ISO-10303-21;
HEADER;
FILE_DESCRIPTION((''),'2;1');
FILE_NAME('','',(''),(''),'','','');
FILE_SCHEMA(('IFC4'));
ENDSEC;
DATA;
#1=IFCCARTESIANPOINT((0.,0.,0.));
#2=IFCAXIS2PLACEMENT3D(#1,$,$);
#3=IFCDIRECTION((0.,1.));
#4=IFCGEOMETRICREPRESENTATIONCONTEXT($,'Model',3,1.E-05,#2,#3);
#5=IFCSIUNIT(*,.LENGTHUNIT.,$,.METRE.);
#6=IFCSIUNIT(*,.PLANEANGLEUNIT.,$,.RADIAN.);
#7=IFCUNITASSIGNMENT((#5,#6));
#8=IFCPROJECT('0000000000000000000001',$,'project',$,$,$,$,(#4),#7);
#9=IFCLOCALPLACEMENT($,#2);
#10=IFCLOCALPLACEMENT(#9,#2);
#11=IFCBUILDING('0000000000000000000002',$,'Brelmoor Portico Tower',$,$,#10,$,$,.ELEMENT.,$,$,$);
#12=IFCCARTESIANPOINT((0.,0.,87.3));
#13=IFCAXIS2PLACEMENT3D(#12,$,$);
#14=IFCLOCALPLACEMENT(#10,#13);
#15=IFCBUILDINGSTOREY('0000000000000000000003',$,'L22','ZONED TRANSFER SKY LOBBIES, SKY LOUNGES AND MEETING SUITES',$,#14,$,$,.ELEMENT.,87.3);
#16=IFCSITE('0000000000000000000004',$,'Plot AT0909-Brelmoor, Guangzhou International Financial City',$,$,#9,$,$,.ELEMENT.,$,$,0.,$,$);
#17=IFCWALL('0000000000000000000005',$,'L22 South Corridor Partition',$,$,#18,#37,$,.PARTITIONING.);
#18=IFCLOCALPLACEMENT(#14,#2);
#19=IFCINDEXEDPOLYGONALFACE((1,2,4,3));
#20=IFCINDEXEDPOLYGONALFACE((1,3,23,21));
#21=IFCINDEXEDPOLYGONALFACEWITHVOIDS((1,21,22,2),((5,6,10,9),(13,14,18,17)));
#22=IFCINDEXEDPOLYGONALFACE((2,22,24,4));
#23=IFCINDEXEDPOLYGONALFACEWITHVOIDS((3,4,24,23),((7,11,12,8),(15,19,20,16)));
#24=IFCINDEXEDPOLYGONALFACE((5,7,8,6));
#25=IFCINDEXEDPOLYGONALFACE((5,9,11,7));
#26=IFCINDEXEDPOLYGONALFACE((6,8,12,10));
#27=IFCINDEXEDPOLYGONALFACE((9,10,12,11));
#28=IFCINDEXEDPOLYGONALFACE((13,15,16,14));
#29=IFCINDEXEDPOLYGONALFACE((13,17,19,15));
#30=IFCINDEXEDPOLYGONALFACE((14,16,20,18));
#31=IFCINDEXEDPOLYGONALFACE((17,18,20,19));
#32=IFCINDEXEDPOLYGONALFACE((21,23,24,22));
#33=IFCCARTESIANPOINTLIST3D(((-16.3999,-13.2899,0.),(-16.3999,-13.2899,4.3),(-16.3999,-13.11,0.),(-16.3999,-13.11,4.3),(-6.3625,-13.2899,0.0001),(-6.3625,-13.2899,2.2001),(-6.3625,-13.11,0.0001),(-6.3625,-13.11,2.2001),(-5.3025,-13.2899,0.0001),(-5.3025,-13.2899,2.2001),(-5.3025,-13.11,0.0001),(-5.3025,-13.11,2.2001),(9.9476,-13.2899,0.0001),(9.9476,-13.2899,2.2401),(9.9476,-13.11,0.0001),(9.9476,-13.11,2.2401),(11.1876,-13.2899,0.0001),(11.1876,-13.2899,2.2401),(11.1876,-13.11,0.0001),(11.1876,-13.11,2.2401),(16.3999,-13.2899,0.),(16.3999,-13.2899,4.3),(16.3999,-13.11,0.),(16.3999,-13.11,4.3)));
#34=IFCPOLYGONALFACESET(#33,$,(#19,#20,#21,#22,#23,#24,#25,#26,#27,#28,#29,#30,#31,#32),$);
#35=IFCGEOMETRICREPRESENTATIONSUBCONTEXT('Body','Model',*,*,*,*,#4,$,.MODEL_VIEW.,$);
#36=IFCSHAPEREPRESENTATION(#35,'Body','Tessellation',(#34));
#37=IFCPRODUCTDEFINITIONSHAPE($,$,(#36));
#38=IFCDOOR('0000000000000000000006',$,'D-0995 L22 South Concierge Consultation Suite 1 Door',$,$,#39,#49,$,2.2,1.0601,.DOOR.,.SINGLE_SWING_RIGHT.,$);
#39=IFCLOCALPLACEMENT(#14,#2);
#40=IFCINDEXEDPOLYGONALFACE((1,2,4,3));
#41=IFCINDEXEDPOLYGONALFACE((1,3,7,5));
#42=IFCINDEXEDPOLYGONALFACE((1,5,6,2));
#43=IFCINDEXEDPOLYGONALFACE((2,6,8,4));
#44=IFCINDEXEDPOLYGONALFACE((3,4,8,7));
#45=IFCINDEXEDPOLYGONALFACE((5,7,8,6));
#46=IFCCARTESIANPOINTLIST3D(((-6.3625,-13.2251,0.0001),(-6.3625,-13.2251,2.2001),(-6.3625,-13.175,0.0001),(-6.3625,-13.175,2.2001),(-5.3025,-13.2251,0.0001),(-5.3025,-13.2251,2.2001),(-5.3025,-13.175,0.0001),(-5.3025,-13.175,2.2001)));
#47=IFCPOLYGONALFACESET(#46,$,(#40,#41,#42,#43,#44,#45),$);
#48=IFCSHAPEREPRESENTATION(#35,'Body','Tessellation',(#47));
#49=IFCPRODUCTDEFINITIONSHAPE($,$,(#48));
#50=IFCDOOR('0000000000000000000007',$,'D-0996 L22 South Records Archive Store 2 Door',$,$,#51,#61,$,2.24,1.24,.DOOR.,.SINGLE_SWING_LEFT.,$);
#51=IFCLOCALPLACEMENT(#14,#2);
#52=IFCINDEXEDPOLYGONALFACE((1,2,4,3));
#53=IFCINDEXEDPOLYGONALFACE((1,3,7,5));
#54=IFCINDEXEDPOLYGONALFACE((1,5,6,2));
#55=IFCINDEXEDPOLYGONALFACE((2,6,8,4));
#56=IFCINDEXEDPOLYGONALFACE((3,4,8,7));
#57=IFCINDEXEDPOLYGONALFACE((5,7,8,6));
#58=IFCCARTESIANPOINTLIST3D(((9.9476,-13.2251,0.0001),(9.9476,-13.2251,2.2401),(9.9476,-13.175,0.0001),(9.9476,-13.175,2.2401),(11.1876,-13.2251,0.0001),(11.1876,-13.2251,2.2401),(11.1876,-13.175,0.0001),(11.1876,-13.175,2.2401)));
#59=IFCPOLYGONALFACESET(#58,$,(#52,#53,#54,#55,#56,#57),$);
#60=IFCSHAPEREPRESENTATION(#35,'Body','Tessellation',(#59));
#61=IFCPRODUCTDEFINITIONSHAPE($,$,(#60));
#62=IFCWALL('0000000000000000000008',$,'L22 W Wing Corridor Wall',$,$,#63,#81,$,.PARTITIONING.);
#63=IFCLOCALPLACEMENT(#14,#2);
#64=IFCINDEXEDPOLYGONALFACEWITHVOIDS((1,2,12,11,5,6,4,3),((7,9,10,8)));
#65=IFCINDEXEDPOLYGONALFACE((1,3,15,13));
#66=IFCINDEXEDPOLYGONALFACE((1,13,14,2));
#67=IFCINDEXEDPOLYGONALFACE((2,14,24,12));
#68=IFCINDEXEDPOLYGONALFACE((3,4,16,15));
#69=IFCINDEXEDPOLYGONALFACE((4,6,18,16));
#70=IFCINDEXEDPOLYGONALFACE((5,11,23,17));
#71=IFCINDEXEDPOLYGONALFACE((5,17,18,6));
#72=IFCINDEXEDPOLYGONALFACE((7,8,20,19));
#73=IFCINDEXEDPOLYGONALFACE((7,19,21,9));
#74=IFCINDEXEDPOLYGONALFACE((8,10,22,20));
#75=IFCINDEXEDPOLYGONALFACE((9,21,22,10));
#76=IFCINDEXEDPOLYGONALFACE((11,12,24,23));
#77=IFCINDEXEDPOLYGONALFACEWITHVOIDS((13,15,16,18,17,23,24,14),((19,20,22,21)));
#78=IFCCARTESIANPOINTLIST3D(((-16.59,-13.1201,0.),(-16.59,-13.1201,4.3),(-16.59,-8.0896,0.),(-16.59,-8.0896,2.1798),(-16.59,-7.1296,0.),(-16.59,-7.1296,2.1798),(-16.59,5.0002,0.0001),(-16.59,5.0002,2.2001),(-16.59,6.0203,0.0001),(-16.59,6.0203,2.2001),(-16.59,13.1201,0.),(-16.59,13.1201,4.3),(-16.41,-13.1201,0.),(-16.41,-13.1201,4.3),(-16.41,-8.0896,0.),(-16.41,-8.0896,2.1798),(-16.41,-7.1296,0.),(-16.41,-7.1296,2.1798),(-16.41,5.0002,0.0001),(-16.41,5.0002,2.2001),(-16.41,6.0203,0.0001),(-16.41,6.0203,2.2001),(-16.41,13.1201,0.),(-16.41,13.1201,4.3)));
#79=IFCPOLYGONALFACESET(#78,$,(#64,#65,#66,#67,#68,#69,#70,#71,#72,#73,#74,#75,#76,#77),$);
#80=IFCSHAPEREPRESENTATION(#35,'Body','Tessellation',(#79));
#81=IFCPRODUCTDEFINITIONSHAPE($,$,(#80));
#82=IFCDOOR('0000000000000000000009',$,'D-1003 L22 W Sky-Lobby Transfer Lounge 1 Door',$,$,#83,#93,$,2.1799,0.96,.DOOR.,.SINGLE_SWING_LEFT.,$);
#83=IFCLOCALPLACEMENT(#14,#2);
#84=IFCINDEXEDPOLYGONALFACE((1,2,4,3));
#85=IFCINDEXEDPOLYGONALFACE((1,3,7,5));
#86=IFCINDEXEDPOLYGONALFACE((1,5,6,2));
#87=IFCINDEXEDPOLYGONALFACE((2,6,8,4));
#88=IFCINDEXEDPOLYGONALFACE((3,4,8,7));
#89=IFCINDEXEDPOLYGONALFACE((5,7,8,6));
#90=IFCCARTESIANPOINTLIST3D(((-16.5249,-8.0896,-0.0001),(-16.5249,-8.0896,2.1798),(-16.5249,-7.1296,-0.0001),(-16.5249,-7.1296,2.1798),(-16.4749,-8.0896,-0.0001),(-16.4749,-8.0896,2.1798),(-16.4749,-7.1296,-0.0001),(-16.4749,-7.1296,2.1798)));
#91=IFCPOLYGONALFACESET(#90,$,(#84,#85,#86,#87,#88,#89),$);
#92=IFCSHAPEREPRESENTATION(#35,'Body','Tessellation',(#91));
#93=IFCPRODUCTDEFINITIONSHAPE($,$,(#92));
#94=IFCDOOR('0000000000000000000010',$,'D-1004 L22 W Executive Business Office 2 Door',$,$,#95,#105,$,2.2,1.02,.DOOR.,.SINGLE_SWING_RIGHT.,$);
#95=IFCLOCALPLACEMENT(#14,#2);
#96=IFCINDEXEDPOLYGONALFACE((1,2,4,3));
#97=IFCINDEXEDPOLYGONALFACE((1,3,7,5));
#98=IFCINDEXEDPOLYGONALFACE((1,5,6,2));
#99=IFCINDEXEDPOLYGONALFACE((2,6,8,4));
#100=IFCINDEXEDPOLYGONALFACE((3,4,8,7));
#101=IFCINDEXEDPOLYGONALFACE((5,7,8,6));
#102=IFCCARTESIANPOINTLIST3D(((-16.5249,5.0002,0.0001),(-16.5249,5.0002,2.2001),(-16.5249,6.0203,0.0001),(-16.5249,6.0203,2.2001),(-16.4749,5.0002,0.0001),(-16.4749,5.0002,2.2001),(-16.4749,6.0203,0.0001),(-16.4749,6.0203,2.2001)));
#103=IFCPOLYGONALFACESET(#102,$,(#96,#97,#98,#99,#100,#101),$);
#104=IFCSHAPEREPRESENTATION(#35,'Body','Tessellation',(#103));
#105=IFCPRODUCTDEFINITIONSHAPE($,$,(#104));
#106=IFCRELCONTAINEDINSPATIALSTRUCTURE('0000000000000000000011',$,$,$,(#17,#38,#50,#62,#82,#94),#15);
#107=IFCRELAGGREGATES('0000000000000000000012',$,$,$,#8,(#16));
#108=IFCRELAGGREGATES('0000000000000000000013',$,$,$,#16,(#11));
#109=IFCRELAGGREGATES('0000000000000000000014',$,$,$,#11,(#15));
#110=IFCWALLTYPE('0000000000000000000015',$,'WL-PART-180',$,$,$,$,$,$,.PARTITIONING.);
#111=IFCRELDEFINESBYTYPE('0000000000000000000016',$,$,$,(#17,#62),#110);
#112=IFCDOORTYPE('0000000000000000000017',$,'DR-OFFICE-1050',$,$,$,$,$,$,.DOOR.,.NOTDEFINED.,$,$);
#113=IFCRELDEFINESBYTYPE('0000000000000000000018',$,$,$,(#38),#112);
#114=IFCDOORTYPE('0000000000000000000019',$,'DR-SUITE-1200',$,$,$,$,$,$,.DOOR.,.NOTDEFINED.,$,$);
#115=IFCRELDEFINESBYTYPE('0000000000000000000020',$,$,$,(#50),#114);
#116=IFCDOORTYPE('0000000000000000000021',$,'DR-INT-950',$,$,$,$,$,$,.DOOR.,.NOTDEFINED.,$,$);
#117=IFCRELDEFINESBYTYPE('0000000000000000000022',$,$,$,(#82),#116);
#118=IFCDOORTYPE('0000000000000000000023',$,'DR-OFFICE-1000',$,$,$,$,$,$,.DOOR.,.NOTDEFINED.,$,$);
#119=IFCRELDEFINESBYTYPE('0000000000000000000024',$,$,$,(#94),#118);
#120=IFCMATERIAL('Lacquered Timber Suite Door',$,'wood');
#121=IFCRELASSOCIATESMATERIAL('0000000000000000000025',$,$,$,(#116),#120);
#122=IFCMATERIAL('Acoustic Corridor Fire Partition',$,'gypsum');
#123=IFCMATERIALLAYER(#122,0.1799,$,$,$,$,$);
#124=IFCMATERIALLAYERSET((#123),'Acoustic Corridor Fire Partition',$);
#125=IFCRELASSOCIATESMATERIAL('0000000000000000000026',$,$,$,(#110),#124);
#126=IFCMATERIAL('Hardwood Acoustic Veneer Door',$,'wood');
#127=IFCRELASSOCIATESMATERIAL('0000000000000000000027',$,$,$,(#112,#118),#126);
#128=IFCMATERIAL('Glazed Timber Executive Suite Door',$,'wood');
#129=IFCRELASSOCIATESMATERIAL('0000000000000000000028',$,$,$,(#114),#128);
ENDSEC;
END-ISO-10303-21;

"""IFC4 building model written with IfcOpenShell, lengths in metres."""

from ifc_helpers import new_model, si_unit, direction, frame, frame_2d, origin, place, context, subcontext, project, spatial, rectangle, extrude, material, layer, layer_set, type_object, element, fill, save


model = new_model("IFC4")

# Units and contexts
model_context = context("Model", 3, precision=1e-05, world=origin(), true_north=direction((0.0, 1.0)))
body_context = subcontext(model_context, "Body", "Model", "MODEL_VIEW")
ifc_project = project(units=[si_unit("LENGTHUNIT", "METRE"), si_unit("PLANEANGLEUNIT", "RADIAN")], contexts=[model_context])

# Site, building, storey
site_placement = place(None, origin())
site = spatial("IfcSite", under=ifc_project, at=site_placement, Name="Plot AT0909-Brelmoor, Guangzhou International Financial City", CompositionType="ELEMENT", RefElevation=0.0)
building_placement = place(site_placement, origin())
building = spatial("IfcBuilding", under=site, at=building_placement, Name="Brelmoor Portico Tower", CompositionType="ELEMENT")
storey_placement = place(building_placement, frame((0.0, 0.0, 87.3)))
storey = spatial("IfcBuildingStorey", under=building, at=storey_placement, Name="L22", Description="ZONED TRANSFER SKY LOBBIES, SKY LOUNGES AND MEETING SUITES", CompositionType="ELEMENT", Elevation=87.3)

# Shared definitions
ifc_material_1 = material(Name="Lacquered Timber Suite Door", Category="wood")
door_type_1 = type_object("IfcDoorType", Name="DR-INT-950", OperationType="NOTDEFINED", PredefinedType="DOOR", material=ifc_material_1)

# Walls, openings, doors
ifc_material_2 = material(Name="Acoustic Corridor Fire Partition", Category="gypsum")
ifc_layer_1 = layer(ifc_material_2, 0.1799)
ifc_layer_set_1 = layer_set([ifc_layer_1], Name="Acoustic Corridor Fire Partition")
wall_type_1 = type_object("IfcWallType", Name="WL-PART-180", PredefinedType="PARTITIONING", material=ifc_layer_set_1)
wall_1_placement = place(storey_placement, frame((-16.3999, -13.2, 0.0), z_axis=(0.0, 0.0, 1.0), x_axis=(1.0, 0.0, 0.0)))
wall_1 = element("IfcWall", 1, at=wall_1_placement, inside=storey, type_object=wall_type_1, Name="L22 South Corridor Partition", PredefinedType="PARTITIONING", context=body_context, shape_type="SweptSolid", body=[
    extrude(rectangle(XDim=32.7998, YDim=0.1799, at=frame_2d((16.3999, 0.0))), origin(), (0.0, 0.0, 1.0), 4.3),
])
opening_1_placement = place(wall_1_placement, frame((10.0374, 0.0, 0.0)))
opening_1 = element("IfcOpeningElement", 2, at=opening_1_placement, cuts=wall_1, PredefinedType="OPENING", context=body_context, shape_type="SweptSolid", body=[
    extrude(rectangle(XDim=1.0601, YDim=2.2, at=frame_2d((0.53, 1.1001))), frame((0.0, 0.0999, 0.0), z_axis=(0.0, -1.0, 0.0), x_axis=(1.0, 0.0, 0.0)), (0.0, 0.0, 1.0), 0.2),
])
opening_2_placement = place(wall_1_placement, frame((26.3474, 0.0, 0.0)))
opening_2 = element("IfcOpeningElement", 3, at=opening_2_placement, cuts=wall_1, PredefinedType="OPENING", context=body_context, shape_type="SweptSolid", body=[
    extrude(rectangle(XDim=1.24, YDim=2.24, at=frame_2d((0.6201, 1.1201))), frame((0.0, 0.0999, 0.0), z_axis=(0.0, -1.0, 0.0), x_axis=(1.0, 0.0, 0.0)), (0.0, 0.0, 1.0), 0.2),
])
ifc_material_3 = material(Name="Hardwood Acoustic Veneer Door", Category="wood")
door_type_2 = type_object("IfcDoorType", Name="DR-OFFICE-1050", OperationType="NOTDEFINED", PredefinedType="DOOR", material=ifc_material_3)
door_1_placement = place(opening_1_placement, origin())
door_1 = element("IfcDoor", 4, at=door_1_placement, inside=storey, type_object=door_type_2, Name="D-0995 L22 South Concierge Consultation Suite 1 Door", OperationType="SINGLE_SWING_RIGHT", OverallHeight=2.2, OverallWidth=1.0601, PredefinedType="DOOR", context=body_context, shape_type="SweptSolid", body=[
    extrude(rectangle(XDim=1.0601, YDim=2.2, at=frame_2d((0.53, 1.1001))), frame((0.0, 0.0249, 0.0), z_axis=(0.0, -1.0, 0.0), x_axis=(1.0, 0.0, 0.0)), (0.0, 0.0, 1.0), 0.05),
])
fill(opening_1, door_1)
ifc_material_4 = material(Name="Glazed Timber Executive Suite Door", Category="wood")
door_type_3 = type_object("IfcDoorType", Name="DR-SUITE-1200", OperationType="NOTDEFINED", PredefinedType="DOOR", material=ifc_material_4)
door_2_placement = place(opening_2_placement, origin())
door_2 = element("IfcDoor", 5, at=door_2_placement, inside=storey, type_object=door_type_3, Name="D-0996 L22 South Records Archive Store 2 Door", OperationType="SINGLE_SWING_LEFT", OverallHeight=2.24, OverallWidth=1.24, PredefinedType="DOOR", context=body_context, shape_type="SweptSolid", body=[
    extrude(rectangle(XDim=1.24, YDim=2.24, at=frame_2d((0.6201, 1.1201))), frame((0.0, 0.0249, 0.0), z_axis=(0.0, -1.0, 0.0), x_axis=(1.0, 0.0, 0.0)), (0.0, 0.0, 1.0), 0.05),
])
fill(opening_2, door_2)
wall_2_placement = place(storey_placement, frame((-16.5, -13.1201, 0.0), z_axis=(0.0, 0.0, 1.0), x_axis=(0.0, 1.0, 0.0)))
wall_2 = element("IfcWall", 6, at=wall_2_placement, inside=storey, type_object=wall_type_1, Name="L22 W Wing Corridor Wall", PredefinedType="PARTITIONING", context=body_context, shape_type="SweptSolid", body=[
    extrude(rectangle(XDim=26.2402, YDim=0.1799, at=frame_2d((13.1201, 0.0))), origin(), (0.0, 0.0, 1.0), 4.3),
])
opening_3_placement = place(wall_2_placement, frame((5.0305, 0.0, 0.0)))
opening_3 = element("IfcOpeningElement", 7, at=opening_3_placement, cuts=wall_2, PredefinedType="OPENING", context=body_context, shape_type="SweptSolid", body=[
    extrude(rectangle(XDim=0.96, YDim=2.1799, at=frame_2d((0.48, 1.0898))), frame((0.0, 0.0999, 0.0), z_axis=(0.0, -1.0, 0.0), x_axis=(1.0, 0.0, 0.0)), (0.0, 0.0, 1.0), 0.2),
])
opening_4_placement = place(wall_2_placement, frame((18.1204, 0.0, 0.0)))
opening_4 = element("IfcOpeningElement", 8, at=opening_4_placement, cuts=wall_2, PredefinedType="OPENING", context=body_context, shape_type="SweptSolid", body=[
    extrude(rectangle(XDim=1.02, YDim=2.2, at=frame_2d((0.51, 1.1001))), frame((0.0, 0.0999, 0.0), z_axis=(0.0, -1.0, 0.0), x_axis=(1.0, 0.0, 0.0)), (0.0, 0.0, 1.0), 0.2),
])
door_3_placement = place(opening_3_placement, origin())
door_3 = element("IfcDoor", 9, at=door_3_placement, inside=storey, type_object=door_type_1, Name="D-1003 L22 W Sky-Lobby Transfer Lounge 1 Door", OperationType="SINGLE_SWING_LEFT", OverallHeight=2.1799, OverallWidth=0.96, PredefinedType="DOOR", context=body_context, shape_type="SweptSolid", body=[
    extrude(rectangle(XDim=0.96, YDim=2.1799, at=frame_2d((0.48, 1.0898))), frame((0.0, 0.0249, 0.0), z_axis=(0.0, -1.0, 0.0), x_axis=(1.0, 0.0, 0.0)), (0.0, 0.0, 1.0), 0.05),
])
fill(opening_3, door_3)
door_type_4 = type_object("IfcDoorType", Name="DR-OFFICE-1000", OperationType="NOTDEFINED", PredefinedType="DOOR", material=ifc_material_3)
door_4_placement = place(opening_4_placement, origin())
door_4 = element("IfcDoor", 10, at=door_4_placement, inside=storey, type_object=door_type_4, Name="D-1004 L22 W Executive Business Office 2 Door", OperationType="SINGLE_SWING_RIGHT", OverallHeight=2.2, OverallWidth=1.02, PredefinedType="DOOR", context=body_context, shape_type="SweptSolid", body=[
    extrude(rectangle(XDim=1.02, YDim=2.2, at=frame_2d((0.51, 1.1001))), frame((0.0, 0.0249, 0.0), z_axis=(0.0, -1.0, 0.0), x_axis=(1.0, 0.0, 0.0)), (0.0, 0.0, 1.0), 0.05),
])
fill(opening_4, door_4)

save(model, "model.ifc")
